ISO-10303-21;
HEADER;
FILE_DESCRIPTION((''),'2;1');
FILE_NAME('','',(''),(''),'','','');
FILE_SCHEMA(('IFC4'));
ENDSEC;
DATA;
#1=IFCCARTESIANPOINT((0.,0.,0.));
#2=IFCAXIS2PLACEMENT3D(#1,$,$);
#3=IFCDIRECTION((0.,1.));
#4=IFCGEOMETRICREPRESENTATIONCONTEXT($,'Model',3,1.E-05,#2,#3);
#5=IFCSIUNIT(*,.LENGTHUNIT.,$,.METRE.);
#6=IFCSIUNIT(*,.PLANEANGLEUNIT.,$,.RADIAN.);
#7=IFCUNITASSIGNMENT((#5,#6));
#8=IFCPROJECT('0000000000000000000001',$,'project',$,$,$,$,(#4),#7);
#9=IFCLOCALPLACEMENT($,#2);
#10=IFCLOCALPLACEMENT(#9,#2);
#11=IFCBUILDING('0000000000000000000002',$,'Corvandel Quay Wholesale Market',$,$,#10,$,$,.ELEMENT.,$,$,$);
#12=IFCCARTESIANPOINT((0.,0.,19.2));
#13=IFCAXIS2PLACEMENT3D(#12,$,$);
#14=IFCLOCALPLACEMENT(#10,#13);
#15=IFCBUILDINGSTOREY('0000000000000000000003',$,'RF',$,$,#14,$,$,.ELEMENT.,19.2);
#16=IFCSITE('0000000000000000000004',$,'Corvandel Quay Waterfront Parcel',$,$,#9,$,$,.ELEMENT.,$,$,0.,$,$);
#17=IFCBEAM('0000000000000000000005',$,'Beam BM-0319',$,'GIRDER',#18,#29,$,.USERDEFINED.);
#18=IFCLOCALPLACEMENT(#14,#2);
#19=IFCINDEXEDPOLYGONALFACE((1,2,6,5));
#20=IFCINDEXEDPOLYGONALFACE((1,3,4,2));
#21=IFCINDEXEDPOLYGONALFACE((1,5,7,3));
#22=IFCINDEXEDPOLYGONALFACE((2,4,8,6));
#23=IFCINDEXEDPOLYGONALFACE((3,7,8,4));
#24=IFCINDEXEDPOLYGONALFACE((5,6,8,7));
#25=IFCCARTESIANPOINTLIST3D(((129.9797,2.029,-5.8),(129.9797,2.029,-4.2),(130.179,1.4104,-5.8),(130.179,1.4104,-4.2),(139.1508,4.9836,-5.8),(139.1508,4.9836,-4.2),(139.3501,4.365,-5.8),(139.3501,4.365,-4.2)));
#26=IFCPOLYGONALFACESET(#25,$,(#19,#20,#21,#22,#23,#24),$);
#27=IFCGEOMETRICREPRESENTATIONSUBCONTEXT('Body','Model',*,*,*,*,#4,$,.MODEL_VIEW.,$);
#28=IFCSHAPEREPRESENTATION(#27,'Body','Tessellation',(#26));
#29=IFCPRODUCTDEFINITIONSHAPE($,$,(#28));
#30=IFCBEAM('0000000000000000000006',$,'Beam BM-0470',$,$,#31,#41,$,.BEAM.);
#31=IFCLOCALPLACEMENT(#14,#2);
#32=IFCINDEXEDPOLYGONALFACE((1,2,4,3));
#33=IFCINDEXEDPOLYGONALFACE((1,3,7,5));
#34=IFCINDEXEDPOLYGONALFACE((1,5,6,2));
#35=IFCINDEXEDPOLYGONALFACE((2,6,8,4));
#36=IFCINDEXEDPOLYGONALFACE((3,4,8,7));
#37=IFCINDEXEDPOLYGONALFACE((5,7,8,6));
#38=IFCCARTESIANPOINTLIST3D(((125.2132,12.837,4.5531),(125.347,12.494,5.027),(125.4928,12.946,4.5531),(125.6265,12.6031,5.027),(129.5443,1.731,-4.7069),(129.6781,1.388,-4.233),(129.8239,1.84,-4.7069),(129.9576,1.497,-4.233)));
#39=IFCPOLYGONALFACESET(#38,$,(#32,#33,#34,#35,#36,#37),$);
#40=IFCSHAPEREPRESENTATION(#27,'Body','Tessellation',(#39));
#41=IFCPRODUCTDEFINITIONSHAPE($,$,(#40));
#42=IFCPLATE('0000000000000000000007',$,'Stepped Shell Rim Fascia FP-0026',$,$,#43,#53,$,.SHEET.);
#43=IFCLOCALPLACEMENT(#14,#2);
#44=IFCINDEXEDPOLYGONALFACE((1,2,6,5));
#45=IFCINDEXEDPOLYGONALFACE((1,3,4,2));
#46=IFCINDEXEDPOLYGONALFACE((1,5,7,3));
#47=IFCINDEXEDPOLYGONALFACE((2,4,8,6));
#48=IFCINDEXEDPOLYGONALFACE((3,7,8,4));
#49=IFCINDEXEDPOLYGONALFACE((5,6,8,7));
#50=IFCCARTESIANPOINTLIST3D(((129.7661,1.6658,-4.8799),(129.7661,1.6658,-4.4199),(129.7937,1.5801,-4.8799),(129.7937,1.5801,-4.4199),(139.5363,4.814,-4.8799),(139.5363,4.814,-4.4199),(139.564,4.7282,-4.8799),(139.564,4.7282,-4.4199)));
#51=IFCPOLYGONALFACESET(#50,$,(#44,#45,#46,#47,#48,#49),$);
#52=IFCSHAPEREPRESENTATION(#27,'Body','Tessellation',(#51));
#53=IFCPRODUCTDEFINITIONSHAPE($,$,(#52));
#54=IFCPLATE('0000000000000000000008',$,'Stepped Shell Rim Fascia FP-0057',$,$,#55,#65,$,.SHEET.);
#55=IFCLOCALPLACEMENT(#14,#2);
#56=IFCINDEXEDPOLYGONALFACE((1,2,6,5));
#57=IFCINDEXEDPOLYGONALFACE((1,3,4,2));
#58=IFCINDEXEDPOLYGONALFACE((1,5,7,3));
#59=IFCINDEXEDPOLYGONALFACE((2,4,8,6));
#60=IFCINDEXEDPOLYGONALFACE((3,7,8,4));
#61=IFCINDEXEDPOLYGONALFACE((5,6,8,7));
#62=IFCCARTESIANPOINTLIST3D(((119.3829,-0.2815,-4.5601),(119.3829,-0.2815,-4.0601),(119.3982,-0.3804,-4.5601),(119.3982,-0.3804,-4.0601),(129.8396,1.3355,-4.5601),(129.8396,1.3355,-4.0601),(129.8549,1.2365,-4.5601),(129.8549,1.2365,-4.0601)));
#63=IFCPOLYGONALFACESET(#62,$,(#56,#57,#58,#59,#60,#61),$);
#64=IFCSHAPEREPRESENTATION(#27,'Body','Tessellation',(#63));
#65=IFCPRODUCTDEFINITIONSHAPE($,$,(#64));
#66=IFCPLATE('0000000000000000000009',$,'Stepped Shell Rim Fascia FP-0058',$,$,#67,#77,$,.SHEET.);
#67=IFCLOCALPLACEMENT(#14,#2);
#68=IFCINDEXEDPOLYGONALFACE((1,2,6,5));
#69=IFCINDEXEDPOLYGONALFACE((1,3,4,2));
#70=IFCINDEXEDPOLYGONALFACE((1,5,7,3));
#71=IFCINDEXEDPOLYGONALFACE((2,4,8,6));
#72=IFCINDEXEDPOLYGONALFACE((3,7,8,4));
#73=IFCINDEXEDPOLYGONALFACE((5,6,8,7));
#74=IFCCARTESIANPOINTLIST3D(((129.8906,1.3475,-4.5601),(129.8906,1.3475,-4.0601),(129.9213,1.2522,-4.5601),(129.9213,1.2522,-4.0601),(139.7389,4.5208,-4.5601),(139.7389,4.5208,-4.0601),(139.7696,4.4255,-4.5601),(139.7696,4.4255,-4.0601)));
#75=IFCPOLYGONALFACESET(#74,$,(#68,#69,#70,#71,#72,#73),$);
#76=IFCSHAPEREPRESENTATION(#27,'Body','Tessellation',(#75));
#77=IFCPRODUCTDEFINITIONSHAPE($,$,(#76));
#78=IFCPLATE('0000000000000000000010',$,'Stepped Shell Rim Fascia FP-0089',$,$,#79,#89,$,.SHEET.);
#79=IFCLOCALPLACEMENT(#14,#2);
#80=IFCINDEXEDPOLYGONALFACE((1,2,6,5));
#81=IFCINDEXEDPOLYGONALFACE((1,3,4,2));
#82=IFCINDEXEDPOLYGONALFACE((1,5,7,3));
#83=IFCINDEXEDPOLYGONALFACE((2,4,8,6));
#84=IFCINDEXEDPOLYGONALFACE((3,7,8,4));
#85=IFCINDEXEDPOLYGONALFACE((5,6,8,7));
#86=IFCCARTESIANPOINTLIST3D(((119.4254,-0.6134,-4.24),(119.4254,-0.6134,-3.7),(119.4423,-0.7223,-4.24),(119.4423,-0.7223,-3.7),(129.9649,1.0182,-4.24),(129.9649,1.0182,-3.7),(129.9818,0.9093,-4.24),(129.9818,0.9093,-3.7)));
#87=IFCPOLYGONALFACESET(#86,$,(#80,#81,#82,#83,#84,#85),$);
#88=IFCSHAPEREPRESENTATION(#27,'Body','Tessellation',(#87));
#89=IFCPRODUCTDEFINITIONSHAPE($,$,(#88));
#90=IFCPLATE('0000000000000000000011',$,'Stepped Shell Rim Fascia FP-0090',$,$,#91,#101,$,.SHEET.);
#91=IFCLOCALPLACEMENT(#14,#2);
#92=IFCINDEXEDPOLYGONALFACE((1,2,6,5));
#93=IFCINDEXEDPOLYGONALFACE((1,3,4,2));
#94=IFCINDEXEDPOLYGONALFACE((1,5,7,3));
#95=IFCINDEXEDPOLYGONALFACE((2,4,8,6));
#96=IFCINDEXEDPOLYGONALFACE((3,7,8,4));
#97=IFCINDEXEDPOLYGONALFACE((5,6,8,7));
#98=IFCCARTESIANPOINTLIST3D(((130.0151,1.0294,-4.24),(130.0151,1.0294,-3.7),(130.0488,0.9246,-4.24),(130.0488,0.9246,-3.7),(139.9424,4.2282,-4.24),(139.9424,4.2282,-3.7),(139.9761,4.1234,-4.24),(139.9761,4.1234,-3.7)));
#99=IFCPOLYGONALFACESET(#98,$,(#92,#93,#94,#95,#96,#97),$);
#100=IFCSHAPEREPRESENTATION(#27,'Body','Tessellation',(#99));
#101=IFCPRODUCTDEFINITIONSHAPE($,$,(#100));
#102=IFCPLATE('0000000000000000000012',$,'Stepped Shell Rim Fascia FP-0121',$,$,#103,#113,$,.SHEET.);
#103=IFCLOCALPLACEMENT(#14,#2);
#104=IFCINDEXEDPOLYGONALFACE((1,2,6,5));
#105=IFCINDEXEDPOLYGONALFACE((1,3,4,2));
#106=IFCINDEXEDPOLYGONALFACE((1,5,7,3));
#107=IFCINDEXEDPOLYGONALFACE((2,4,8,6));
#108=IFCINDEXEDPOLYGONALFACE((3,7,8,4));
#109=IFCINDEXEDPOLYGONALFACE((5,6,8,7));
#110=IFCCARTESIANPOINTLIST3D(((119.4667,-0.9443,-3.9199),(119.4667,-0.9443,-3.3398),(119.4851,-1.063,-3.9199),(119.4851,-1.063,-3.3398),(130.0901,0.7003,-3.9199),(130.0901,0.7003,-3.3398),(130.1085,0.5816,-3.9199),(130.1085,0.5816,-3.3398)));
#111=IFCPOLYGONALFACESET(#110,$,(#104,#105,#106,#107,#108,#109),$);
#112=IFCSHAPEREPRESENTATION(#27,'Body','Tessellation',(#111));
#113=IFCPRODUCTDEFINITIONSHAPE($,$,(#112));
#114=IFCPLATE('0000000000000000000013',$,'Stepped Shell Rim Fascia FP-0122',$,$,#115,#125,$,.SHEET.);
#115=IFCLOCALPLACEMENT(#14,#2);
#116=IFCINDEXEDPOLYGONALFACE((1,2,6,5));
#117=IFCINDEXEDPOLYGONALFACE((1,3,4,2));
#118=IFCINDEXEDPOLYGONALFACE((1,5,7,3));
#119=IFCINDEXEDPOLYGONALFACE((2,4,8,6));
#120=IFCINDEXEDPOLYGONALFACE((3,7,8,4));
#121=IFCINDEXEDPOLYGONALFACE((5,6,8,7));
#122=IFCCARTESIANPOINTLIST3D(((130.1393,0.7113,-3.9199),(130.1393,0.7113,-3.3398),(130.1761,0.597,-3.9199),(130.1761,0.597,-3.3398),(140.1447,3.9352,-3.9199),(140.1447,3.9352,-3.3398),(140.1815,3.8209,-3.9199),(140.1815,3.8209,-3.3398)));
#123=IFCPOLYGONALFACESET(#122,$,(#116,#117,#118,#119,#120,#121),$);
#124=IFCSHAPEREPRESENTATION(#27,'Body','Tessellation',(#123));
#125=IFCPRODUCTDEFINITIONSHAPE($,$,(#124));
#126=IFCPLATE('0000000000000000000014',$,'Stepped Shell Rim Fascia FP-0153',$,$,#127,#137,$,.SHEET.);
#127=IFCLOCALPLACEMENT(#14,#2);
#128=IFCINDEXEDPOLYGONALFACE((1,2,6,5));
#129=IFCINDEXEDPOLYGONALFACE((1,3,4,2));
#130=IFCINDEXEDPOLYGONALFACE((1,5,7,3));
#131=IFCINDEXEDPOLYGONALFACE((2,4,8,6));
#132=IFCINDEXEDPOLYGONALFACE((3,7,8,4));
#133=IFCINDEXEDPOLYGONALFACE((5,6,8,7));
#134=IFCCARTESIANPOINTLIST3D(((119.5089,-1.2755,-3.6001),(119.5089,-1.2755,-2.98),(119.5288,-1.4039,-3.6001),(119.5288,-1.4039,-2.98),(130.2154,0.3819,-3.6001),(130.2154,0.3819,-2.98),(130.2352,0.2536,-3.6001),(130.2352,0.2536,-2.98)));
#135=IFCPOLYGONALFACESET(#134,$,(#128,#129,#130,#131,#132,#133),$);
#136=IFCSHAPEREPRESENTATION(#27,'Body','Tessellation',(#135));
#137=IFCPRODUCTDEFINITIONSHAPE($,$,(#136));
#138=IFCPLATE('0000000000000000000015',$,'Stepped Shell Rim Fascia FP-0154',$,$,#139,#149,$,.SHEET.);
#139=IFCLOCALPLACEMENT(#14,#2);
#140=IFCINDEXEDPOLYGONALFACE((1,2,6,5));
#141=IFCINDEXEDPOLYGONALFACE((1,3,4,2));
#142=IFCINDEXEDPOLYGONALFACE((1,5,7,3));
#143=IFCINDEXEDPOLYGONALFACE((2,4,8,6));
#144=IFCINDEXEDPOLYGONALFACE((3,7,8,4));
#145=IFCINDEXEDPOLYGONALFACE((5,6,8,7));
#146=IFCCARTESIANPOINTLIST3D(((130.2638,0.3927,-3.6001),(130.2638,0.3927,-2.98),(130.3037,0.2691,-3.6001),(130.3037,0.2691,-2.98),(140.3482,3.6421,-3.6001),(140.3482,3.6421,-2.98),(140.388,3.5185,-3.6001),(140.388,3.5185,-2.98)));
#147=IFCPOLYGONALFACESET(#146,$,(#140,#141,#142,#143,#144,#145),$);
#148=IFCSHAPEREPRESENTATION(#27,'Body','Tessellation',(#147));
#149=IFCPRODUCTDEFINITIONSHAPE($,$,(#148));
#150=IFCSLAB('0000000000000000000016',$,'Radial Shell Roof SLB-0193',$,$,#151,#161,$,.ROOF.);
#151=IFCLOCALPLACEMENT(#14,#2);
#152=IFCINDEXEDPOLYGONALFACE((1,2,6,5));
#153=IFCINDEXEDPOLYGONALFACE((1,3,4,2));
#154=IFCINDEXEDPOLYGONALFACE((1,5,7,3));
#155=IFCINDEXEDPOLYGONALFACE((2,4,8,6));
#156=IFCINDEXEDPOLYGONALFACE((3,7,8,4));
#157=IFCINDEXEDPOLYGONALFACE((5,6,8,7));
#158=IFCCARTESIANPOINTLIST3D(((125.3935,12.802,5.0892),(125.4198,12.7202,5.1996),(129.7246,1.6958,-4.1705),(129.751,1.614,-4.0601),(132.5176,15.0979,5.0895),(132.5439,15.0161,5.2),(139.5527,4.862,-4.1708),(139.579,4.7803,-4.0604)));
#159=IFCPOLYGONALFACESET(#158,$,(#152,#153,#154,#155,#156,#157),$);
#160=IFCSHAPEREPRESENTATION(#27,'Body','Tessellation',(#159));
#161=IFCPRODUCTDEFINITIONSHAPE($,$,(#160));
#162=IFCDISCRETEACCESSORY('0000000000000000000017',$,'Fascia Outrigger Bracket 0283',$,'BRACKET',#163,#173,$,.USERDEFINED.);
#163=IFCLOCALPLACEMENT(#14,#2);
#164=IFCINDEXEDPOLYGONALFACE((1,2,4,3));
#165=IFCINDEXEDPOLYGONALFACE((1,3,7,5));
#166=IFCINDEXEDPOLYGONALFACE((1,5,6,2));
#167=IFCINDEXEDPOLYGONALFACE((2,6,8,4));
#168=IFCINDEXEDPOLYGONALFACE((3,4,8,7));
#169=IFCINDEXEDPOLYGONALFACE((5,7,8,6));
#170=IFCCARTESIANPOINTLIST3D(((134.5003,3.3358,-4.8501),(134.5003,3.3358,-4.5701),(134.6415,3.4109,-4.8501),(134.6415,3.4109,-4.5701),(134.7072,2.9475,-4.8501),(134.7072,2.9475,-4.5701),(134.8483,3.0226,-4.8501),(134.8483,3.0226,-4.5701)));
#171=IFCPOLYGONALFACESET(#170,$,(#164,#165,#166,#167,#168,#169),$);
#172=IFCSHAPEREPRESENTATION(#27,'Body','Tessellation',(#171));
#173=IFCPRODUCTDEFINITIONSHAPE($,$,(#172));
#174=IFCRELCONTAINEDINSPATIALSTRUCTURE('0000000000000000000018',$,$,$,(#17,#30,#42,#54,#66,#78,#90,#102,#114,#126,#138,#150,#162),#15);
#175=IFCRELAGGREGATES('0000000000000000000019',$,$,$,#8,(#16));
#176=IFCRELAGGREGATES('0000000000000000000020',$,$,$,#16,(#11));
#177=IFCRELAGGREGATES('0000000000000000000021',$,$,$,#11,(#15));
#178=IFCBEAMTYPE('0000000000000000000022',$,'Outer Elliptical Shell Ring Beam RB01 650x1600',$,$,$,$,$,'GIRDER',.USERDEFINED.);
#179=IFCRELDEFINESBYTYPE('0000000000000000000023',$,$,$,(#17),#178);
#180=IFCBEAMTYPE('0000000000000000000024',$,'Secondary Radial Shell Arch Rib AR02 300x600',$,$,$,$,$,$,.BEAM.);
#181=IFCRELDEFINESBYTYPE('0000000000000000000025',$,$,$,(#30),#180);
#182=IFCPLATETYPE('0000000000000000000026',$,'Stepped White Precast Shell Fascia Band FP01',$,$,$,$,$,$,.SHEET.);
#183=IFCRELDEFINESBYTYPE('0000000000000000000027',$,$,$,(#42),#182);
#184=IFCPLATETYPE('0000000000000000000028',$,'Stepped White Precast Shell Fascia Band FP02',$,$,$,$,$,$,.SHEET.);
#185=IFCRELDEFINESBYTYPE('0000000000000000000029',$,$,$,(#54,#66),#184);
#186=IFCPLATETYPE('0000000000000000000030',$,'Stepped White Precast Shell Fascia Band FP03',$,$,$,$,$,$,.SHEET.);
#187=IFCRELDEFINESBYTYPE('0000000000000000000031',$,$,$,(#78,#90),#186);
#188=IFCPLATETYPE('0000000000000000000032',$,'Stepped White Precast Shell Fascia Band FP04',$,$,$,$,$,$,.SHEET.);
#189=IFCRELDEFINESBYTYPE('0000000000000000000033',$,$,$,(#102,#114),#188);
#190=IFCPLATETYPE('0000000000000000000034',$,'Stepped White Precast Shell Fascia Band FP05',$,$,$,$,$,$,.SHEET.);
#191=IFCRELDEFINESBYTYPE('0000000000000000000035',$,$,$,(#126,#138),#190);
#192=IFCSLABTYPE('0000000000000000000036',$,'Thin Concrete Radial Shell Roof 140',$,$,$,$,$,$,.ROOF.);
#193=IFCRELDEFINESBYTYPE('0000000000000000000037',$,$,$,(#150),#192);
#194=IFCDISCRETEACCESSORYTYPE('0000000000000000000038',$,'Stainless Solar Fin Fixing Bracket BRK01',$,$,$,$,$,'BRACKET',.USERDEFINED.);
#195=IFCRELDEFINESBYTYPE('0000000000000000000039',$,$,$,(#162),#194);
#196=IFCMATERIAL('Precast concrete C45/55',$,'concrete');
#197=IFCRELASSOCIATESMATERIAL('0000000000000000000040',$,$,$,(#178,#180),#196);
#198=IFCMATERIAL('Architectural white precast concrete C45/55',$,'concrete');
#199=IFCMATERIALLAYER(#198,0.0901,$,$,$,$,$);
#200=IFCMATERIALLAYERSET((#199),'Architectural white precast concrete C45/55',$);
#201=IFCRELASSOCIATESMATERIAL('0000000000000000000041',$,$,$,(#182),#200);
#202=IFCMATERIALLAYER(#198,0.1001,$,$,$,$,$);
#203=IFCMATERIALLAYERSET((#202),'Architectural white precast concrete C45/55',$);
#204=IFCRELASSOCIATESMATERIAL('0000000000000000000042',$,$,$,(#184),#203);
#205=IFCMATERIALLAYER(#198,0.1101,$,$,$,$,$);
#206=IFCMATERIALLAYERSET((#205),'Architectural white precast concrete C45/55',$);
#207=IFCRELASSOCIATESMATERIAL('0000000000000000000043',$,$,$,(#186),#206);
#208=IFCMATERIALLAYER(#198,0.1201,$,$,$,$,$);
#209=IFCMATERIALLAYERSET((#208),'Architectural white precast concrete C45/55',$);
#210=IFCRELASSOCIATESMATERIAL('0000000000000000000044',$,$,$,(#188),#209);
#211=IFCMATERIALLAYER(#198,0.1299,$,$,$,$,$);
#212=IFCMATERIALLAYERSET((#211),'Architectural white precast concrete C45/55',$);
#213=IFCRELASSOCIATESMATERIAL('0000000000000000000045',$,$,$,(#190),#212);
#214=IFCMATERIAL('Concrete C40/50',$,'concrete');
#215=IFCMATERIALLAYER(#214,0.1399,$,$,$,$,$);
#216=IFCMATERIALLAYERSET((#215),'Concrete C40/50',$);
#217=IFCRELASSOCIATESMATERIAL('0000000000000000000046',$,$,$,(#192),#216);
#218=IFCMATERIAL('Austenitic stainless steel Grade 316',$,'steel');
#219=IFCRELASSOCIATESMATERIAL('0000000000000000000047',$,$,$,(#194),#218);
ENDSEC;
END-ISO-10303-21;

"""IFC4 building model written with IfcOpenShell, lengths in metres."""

from ifc_helpers import new_model, si_unit, direction, frame, origin, origin_2d, place, context, subcontext, project, spatial, polyline, rectangle, outline, extrude, material, layer, layer_set, material_profile, profile_set, type_object, element, save


model = new_model("IFC4")

# Units and contexts
model_context = context("Model", 3, precision=1e-05, world=origin(), true_north=direction((0.0, 1.0)))
body_context = subcontext(model_context, "Body", "Model", "MODEL_VIEW")
ifc_project = project(units=[si_unit("LENGTHUNIT", "METRE"), si_unit("PLANEANGLEUNIT", "RADIAN")], contexts=[model_context])

# Site, building, storey
site_placement = place(None, origin())
site = spatial("IfcSite", under=ifc_project, at=site_placement, Name="Corvandel Quay Waterfront Parcel", CompositionType="ELEMENT", RefElevation=0.0)
building_placement = place(site_placement, origin())
building = spatial("IfcBuilding", under=site, at=building_placement, Name="Corvandel Quay Wholesale Market", CompositionType="ELEMENT")
storey_placement = place(building_placement, frame((0.0, 0.0, 19.2)))
storey = spatial("IfcBuildingStorey", under=building, at=storey_placement, Name="RF", CompositionType="ELEMENT", Elevation=19.2)

# Beams
ifc_material_1 = material(Name="Precast concrete C45/55", Category="concrete")
ifc_material_profile_1 = material_profile(ifc_material_1, rectangle(XDim=0.6499, YDim=1.6001, at=origin_2d()), Name="PC-RING-650x1600")
ifc_profile_set_1 = profile_set([ifc_material_profile_1], Name="Precast concrete C45/55")
beam_type_1 = type_object("IfcBeamType", Name="Outer Elliptical Shell Ring Beam RB01 650x1600", ElementType="GIRDER", PredefinedType="USERDEFINED", material=ifc_profile_set_1)
beam_1_placement = place(storey_placement, frame((130.0793, 1.7197, -5.0), z_axis=(0.951825, 0.306641, 0.0), x_axis=(-0.306641, 0.951825, 0.0)))
element("IfcBeam", 1, at=beam_1_placement, inside=storey, type_object=beam_type_1, Name="Beam BM-0319", ObjectType="GIRDER", PredefinedType="USERDEFINED", context=body_context, shape_type="SweptSolid", body=[
    extrude(rectangle(XDim=0.6499, YDim=1.6001, at=origin_2d()), origin(), (0.0, 0.0, 1.0), 9.6353),
])
ifc_material_profile_2 = material_profile(ifc_material_1, rectangle(XDim=0.3, YDim=0.6001, at=origin_2d()), Name="PC-RIB-300x600")
ifc_profile_set_2 = profile_set([ifc_material_profile_2], Name="Precast concrete C45/55")
beam_type_2 = type_object("IfcBeamType", Name="Secondary Radial Shell Arch Rib AR02 300x600", PredefinedType="BEAM", material=ifc_profile_set_2)
beam_2_placement = place(storey_placement, frame((129.751, 1.614, -4.47), z_axis=(-0.286927, 0.735755, 0.613464), x_axis=(-0.931662, -0.363326, 0.0)))
element("IfcBeam", 2, at=beam_2_placement, inside=storey, type_object=beam_type_2, Name="Beam BM-0470", PredefinedType="BEAM", context=body_context, shape_type="SweptSolid", body=[
    extrude(rectangle(XDim=0.3, YDim=0.6001, at=origin_2d()), origin(), (0.0, 0.0, 1.0), 15.0947),
])

# Plates
ifc_material_2 = material(Name="Architectural white precast concrete C45/55", Category="concrete")
ifc_layer_1 = layer(ifc_material_2, 0.0901)
ifc_layer_set_1 = layer_set([ifc_layer_1], Name="Architectural white precast concrete C45/55")
plate_type_1 = type_object("IfcPlateType", Name="Stepped White Precast Shell Fascia Band FP01", PredefinedType="SHEET", material=ifc_layer_set_1)
plate_1_placement = place(storey_placement, frame((134.665, 3.197, -4.8799), z_axis=(0.0, 0.0, 1.0), x_axis=(0.951809, 0.306692, 0.0)))
element("IfcPlate", 3, at=plate_1_placement, inside=storey, type_object=plate_type_1, Name="Stepped Shell Rim Fascia FP-0026", PredefinedType="SHEET", context=body_context, shape_type="SweptSolid", body=[
    extrude(rectangle(XDim=10.2649, YDim=0.0901, at=origin_2d()), origin(), (0.0, 0.0, 1.0), 0.46),
])
ifc_layer_2 = layer(ifc_material_2, 0.1001)
ifc_layer_set_2 = layer_set([ifc_layer_2], Name="Architectural white precast concrete C45/55")
plate_type_2 = type_object("IfcPlateType", Name="Stepped White Precast Shell Fascia Band FP02", PredefinedType="SHEET", material=ifc_layer_set_2)
plate_2_placement = place(storey_placement, frame((124.6189, 0.4775, -4.5601), z_axis=(0.0, 0.0, 1.0), x_axis=(0.988255, 0.152813, 0.0)))
element("IfcPlate", 4, at=plate_2_placement, inside=storey, type_object=plate_type_2, Name="Stepped Shell Rim Fascia FP-0057", PredefinedType="SHEET", context=body_context, shape_type="SweptSolid", body=[
    extrude(rectangle(XDim=10.5811, YDim=0.1001, at=origin_2d()), origin(), (0.0, 0.0, 1.0), 0.5),
])
plate_3_placement = place(storey_placement, frame((134.8301, 2.8865, -4.5601), z_axis=(0.0, 0.0, 1.0), x_axis=(0.951809, 0.306692, 0.0)))
element("IfcPlate", 5, at=plate_3_placement, inside=storey, type_object=plate_type_2, Name="Stepped Shell Rim Fascia FP-0058", PredefinedType="SHEET", context=body_context, shape_type="SweptSolid", body=[
    extrude(rectangle(XDim=10.3469, YDim=0.1001, at=origin_2d()), origin(), (0.0, 0.0, 1.0), 0.5),
])
ifc_layer_3 = layer(ifc_material_2, 0.1101)
ifc_layer_set_3 = layer_set([ifc_layer_3], Name="Architectural white precast concrete C45/55")
plate_type_3 = type_object("IfcPlateType", Name="Stepped White Precast Shell Fascia Band FP03", PredefinedType="SHEET", material=ifc_layer_set_3)
plate_4_placement = place(storey_placement, frame((124.7036, 0.1479, -4.24), z_axis=(0.0, 0.0, 1.0), x_axis=(0.988228, 0.152986, 0.0)))
element("IfcPlate", 6, at=plate_4_placement, inside=storey, type_object=plate_type_3, Name="Stepped Shell Rim Fascia FP-0089", PredefinedType="SHEET", context=body_context, shape_type="SweptSolid", body=[
    extrude(rectangle(XDim=10.665, YDim=0.1101, at=origin_2d()), origin(), (0.0, 0.0, 1.0), 0.54),
])
plate_5_placement = place(storey_placement, frame((134.9956, 2.5764, -4.24), z_axis=(0.0, 0.0, 1.0), x_axis=(0.951809, 0.306692, 0.0)))
element("IfcPlate", 7, at=plate_5_placement, inside=storey, type_object=plate_type_3, Name="Stepped Shell Rim Fascia FP-0090", PredefinedType="SHEET", context=body_context, shape_type="SweptSolid", body=[
    extrude(rectangle(XDim=10.4299, YDim=0.1101, at=origin_2d()), origin(), (0.0, 0.0, 1.0), 0.54),
])
ifc_layer_4 = layer(ifc_material_2, 0.1201)
ifc_layer_set_4 = layer_set([ifc_layer_4], Name="Architectural white precast concrete C45/55")
plate_type_4 = type_object("IfcPlateType", Name="Stepped White Precast Shell Fascia Band FP04", PredefinedType="SHEET", material=ifc_layer_set_4)
plate_6_placement = place(storey_placement, frame((124.7876, -0.1814, -3.9199), z_axis=(0.0, 0.0, 1.0), x_axis=(0.988228, 0.152986, 0.0)))
element("IfcPlate", 8, at=plate_6_placement, inside=storey, type_object=plate_type_4, Name="Stepped Shell Rim Fascia FP-0121", PredefinedType="SHEET", context=body_context, shape_type="SweptSolid", body=[
    extrude(rectangle(XDim=10.75, YDim=0.1201, at=origin_2d()), origin(), (0.0, 0.0, 1.0), 0.5801),
])
plate_7_placement = place(storey_placement, frame((135.1604, 2.2661, -3.9199), z_axis=(0.0, 0.0, 1.0), x_axis=(0.951809, 0.306692, 0.0)))
element("IfcPlate", 9, at=plate_7_placement, inside=storey, type_object=plate_type_4, Name="Stepped Shell Rim Fascia FP-0122", PredefinedType="SHEET", context=body_context, shape_type="SweptSolid", body=[
    extrude(rectangle(XDim=10.512, YDim=0.1201, at=origin_2d()), origin(), (0.0, 0.0, 1.0), 0.5801),
])
ifc_layer_5 = layer(ifc_material_2, 0.1299)
ifc_layer_set_5 = layer_set([ifc_layer_5], Name="Architectural white precast concrete C45/55")
plate_type_5 = type_object("IfcPlateType", Name="Stepped White Precast Shell Fascia Band FP05", PredefinedType="SHEET", material=ifc_layer_set_5)
plate_8_placement = place(storey_placement, frame((124.8721, -0.511, -3.6001), z_axis=(0.0, 0.0, 1.0), x_axis=(0.988228, 0.152986, 0.0)))
element("IfcPlate", 10, at=plate_8_placement, inside=storey, type_object=plate_type_5, Name="Stepped Shell Rim Fascia FP-0153", PredefinedType="SHEET", context=body_context, shape_type="SweptSolid", body=[
    extrude(rectangle(XDim=10.834, YDim=0.1299, at=origin_2d()), origin(), (0.0, 0.0, 1.0), 0.6201),
])
plate_9_placement = place(storey_placement, frame((135.3259, 1.9556, -3.6001), z_axis=(0.0, 0.0, 1.0), x_axis=(0.951809, 0.306692, 0.0)))
element("IfcPlate", 11, at=plate_9_placement, inside=storey, type_object=plate_type_5, Name="Stepped Shell Rim Fascia FP-0154", PredefinedType="SHEET", context=body_context, shape_type="SweptSolid", body=[
    extrude(rectangle(XDim=10.595, YDim=0.1299, at=origin_2d()), origin(), (0.0, 0.0, 1.0), 0.6201),
])

# Slab
ifc_material_3 = material(Name="Concrete C40/50", Category="concrete")
ifc_layer_6 = layer(ifc_material_3, 0.1399)
ifc_layer_set_6 = layer_set([ifc_layer_6], Name="Concrete C40/50")
slab_type = type_object("IfcSlabType", Name="Thin Concrete Radial Shell Roof 140", PredefinedType="ROOF", material=ifc_layer_set_6)
slab_placement = place(storey_placement, frame((129.751, 1.614, -4.0601), z_axis=(0.188345, -0.58454, 0.789202), x_axis=(0.951824, 0.306645, -0.000032)))
element("IfcSlab", 12, at=slab_placement, inside=storey, type_object=slab_type, Name="Radial Shell Roof SLB-0193", PredefinedType="ROOF", context=body_context, shape_type="SweptSolid", body=[
    extrude(outline(polyline([(0.0, 0.0), (10.3255, 0.0), (6.7678, 15.0785), (-0.7171, 15.0776), (0.0, 0.0)])), origin(), (0.0, 0.0, -1.0), 0.1399),
])

# Discrete accessory
ifc_material_4 = material(Name="Austenitic stainless steel Grade 316", Category="steel")
discrete_accessory_type = type_object("IfcDiscreteAccessoryType", Name="Stainless Solar Fin Fixing Bracket BRK01", ElementType="BRACKET", PredefinedType="USERDEFINED", material=ifc_material_4)
discrete_accessory_1_placement = place(storey_placement, frame((134.6743, 3.1792, -4.8501), z_axis=(0.0, 0.0, 1.0), x_axis=(-0.470088, 0.88262, 0.0)))
element("IfcDiscreteAccessory", 13, at=discrete_accessory_1_placement, inside=storey, type_object=discrete_accessory_type, Name="Fascia Outrigger Bracket 0283", ObjectType="BRACKET", PredefinedType="USERDEFINED", context=body_context, shape_type="SweptSolid", body=[
    extrude(rectangle(XDim=0.4399, YDim=0.1599, at=origin_2d()), origin(), (0.0, 0.0, 1.0), 0.28),
])

save(model, "model.ifc")
